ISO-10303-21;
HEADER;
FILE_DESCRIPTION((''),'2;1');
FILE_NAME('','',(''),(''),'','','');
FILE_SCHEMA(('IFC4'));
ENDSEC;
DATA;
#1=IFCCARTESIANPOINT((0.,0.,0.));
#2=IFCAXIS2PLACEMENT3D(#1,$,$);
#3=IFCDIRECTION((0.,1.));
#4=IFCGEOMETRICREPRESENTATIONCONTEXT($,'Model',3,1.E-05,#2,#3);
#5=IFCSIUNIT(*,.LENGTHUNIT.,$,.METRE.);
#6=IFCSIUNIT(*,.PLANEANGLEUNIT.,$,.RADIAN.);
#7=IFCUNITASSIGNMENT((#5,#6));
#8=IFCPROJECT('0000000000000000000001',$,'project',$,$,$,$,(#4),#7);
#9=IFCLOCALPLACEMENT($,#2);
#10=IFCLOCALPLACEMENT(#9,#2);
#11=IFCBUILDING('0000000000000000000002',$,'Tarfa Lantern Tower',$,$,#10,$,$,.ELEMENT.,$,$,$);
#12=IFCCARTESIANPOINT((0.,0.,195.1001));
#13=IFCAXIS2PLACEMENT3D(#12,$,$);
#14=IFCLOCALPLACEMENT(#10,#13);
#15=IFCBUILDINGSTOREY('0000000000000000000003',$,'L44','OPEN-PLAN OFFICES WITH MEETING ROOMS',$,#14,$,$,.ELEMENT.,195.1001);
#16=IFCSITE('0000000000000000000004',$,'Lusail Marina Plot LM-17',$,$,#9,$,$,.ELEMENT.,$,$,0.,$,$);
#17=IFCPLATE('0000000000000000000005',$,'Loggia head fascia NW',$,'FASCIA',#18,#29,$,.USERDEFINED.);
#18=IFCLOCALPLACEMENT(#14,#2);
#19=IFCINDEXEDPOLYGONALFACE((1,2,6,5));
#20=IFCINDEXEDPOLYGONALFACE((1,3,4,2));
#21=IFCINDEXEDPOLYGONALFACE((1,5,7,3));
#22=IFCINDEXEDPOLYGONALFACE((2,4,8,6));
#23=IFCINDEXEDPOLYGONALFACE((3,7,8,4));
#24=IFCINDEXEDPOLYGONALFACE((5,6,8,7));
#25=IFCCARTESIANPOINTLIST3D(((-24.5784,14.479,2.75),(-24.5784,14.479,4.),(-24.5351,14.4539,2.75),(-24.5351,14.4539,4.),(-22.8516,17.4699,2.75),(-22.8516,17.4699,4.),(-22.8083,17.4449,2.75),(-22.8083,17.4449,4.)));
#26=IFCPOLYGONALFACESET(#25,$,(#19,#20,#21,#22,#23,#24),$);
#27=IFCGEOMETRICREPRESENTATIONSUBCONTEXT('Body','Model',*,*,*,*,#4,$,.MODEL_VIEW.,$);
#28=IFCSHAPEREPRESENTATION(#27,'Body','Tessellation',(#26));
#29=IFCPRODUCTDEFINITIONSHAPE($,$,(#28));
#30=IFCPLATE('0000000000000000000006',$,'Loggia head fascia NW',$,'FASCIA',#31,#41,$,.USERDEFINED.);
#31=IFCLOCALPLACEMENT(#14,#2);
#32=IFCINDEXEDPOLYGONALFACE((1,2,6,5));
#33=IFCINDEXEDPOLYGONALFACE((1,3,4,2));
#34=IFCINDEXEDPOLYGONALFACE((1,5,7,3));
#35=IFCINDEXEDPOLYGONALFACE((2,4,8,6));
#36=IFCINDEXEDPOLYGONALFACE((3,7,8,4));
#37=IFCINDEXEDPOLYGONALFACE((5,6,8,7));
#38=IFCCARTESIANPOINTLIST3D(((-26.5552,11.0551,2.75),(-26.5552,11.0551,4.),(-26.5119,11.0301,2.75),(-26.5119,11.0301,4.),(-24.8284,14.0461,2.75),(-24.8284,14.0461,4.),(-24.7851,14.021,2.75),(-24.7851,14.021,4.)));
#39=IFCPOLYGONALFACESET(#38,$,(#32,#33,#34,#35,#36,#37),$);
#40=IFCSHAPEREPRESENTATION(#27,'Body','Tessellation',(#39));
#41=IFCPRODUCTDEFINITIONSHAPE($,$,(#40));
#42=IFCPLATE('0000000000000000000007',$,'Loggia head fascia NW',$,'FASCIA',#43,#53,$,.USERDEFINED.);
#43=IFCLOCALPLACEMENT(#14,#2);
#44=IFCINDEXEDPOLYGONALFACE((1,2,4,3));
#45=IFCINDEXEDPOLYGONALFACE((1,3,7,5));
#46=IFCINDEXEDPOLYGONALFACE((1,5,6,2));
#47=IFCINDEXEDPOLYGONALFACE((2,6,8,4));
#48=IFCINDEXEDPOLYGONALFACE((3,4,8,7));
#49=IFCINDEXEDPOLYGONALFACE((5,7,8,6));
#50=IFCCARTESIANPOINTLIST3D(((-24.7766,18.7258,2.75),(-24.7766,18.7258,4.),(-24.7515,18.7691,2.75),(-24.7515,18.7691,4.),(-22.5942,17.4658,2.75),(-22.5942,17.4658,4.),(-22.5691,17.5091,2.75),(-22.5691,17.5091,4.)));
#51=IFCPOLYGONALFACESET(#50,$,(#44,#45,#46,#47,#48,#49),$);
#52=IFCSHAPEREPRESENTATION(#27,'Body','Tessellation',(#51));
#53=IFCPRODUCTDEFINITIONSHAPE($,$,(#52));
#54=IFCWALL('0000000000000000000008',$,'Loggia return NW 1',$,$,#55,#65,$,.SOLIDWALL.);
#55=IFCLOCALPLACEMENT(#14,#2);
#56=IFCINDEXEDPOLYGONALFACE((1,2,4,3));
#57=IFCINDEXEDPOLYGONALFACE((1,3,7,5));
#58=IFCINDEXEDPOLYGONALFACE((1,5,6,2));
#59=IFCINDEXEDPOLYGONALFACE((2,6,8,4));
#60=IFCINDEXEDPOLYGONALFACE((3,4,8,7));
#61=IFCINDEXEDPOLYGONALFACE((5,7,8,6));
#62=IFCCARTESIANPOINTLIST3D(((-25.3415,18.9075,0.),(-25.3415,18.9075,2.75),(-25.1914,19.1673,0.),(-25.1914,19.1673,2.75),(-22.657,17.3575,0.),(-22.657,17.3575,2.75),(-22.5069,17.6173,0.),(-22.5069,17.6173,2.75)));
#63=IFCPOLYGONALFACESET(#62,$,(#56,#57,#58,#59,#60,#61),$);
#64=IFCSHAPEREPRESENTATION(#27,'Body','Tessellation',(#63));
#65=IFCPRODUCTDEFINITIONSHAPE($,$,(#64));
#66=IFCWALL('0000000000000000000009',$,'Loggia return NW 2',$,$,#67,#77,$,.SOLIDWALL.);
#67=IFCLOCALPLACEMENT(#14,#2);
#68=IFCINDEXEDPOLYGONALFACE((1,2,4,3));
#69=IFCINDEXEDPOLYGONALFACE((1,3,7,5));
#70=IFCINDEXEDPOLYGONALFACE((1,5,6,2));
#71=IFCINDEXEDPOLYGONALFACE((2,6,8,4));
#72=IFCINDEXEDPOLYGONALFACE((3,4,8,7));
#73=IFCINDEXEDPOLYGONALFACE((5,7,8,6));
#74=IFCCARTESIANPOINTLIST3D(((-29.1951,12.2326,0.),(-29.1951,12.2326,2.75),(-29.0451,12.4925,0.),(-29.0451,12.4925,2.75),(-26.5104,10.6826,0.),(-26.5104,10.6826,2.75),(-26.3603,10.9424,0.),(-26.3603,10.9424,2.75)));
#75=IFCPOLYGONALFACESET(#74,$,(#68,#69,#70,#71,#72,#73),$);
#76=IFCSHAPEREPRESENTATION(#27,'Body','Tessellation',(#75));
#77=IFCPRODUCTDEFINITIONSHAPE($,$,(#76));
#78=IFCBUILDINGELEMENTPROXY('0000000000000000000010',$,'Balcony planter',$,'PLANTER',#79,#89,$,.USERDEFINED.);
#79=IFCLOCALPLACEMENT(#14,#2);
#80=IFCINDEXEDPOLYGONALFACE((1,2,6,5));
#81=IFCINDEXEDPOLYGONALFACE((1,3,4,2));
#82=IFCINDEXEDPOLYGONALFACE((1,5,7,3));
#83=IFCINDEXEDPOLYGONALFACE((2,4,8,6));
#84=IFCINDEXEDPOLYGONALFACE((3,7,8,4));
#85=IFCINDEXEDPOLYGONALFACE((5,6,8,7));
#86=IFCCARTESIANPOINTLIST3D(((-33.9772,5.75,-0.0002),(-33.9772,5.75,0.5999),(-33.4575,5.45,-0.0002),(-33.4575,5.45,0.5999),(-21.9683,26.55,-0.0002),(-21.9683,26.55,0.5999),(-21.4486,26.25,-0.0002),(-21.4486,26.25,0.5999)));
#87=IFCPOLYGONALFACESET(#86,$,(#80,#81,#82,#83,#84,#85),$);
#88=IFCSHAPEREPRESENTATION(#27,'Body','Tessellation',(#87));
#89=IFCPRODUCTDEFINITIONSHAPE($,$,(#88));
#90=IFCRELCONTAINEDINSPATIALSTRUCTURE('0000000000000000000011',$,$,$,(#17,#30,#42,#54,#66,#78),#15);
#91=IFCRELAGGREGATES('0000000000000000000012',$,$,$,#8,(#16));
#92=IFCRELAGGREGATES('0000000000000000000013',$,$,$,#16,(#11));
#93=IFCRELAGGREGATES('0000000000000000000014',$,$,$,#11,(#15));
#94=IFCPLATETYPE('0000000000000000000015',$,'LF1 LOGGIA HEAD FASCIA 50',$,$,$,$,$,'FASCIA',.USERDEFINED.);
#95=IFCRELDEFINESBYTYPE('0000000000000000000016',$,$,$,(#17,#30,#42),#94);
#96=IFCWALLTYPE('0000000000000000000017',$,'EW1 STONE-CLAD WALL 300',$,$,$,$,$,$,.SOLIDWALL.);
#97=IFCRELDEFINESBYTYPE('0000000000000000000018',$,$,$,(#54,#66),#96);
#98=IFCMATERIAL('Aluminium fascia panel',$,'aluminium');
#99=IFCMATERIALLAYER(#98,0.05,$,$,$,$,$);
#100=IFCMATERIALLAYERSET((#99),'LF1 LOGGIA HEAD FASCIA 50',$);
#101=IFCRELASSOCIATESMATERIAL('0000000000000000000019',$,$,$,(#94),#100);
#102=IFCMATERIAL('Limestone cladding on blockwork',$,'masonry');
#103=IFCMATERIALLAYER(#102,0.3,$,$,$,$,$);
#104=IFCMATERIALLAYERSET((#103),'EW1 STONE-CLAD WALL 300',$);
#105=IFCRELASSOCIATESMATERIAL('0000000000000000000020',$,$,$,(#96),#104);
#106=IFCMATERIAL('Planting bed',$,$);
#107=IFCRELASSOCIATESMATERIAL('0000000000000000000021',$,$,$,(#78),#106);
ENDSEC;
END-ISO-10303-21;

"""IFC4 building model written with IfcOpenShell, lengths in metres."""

from ifc_helpers import new_model, si_unit, direction, frame, frame_2d, origin, origin_2d, place, context, subcontext, project, spatial, rectangle, extrude, material, layer, layer_set, type_object, element, save


model = new_model("IFC4")

# Units and contexts
model_context = context("Model", 3, precision=1e-05, world=origin(), true_north=direction((0.0, 1.0)))
body_context = subcontext(model_context, "Body", "Model", "MODEL_VIEW")
ifc_project = project(units=[si_unit("LENGTHUNIT", "METRE"), si_unit("PLANEANGLEUNIT", "RADIAN")], contexts=[model_context])

# Site, building, storey
site_placement = place(None, origin())
site = spatial("IfcSite", under=ifc_project, at=site_placement, Name="Lusail Marina Plot LM-17", CompositionType="ELEMENT", RefElevation=0.0)
building_placement = place(site_placement, origin())
building = spatial("IfcBuilding", under=site, at=building_placement, Name="Tarfa Lantern Tower", CompositionType="ELEMENT")
storey_placement = place(building_placement, frame((0.0, 0.0, 195.1001)))
storey = spatial("IfcBuildingStorey", under=building, at=storey_placement, Name="L44", Description="OPEN-PLAN OFFICES WITH MEETING ROOMS", CompositionType="ELEMENT", Elevation=195.1001)

# Plates
ifc_material_1 = material(Name="Aluminium fascia panel", Category="aluminium")
ifc_layer_1 = layer(ifc_material_1, 0.05)
ifc_layer_set_1 = layer_set([ifc_layer_1], Name="LF1 LOGGIA HEAD FASCIA 50")
plate_type_1 = type_object("IfcPlateType", Name="LF1 LOGGIA HEAD FASCIA 50", ElementType="FASCIA", PredefinedType="USERDEFINED", material=ifc_layer_set_1)
for number, where, z_axis, x_axis, name in (
    (1, (-23.6934, 15.9619, 2.75), (0.0, 0.0, 1.0), (-0.5, -0.866025, 0.0), "Loggia head fascia NW"),
    (2, (-25.6702, 12.5381, 2.75), (0.0, 0.0, 1.0), (-0.5, -0.866025, 0.0), "Loggia head fascia NW"),
):
    element("IfcPlate", number, at=place(storey_placement, frame(where, z_axis=z_axis, x_axis=x_axis)), inside=storey, type_object=plate_type_1, Name=name, ObjectType="FASCIA", PredefinedType="USERDEFINED", context=body_context, shape_type="SweptSolid", body=[
        extrude(rectangle(XDim=3.4536, YDim=0.05, at=origin_2d()), origin(), (0.0, 0.0, 1.0), 1.25),
    ])
plate_1_placement = place(storey_placement, frame((-23.6729, 18.1174, 2.75), z_axis=(0.0, 0.0, 1.0), x_axis=(0.866025, -0.5, 0.0)))
element("IfcPlate", 3, at=plate_1_placement, inside=storey, type_object=plate_type_1, Name="Loggia head fascia NW", ObjectType="FASCIA", PredefinedType="USERDEFINED", context=body_context, shape_type="SweptSolid", body=[
    extrude(rectangle(XDim=2.52, YDim=0.05, at=origin_2d()), origin(), (0.0, 0.0, 1.0), 1.25),
])

# Walls
ifc_material_2 = material(Name="Limestone cladding on blockwork", Category="masonry")
ifc_layer_2 = layer(ifc_material_2, 0.3)
ifc_layer_set_2 = layer_set([ifc_layer_2], Name="EW1 STONE-CLAD WALL 300")
wall_type = type_object("IfcWallType", Name="EW1 STONE-CLAD WALL 300", PredefinedType="SOLIDWALL", material=ifc_layer_set_2)
wall_1_placement = place(storey_placement, frame((-25.2664, 19.0374, 0.0), z_axis=(0.0, 0.0, 1.0), x_axis=(0.86601, -0.500027, 0.0)))
element("IfcWall", 4, at=wall_1_placement, inside=storey, type_object=wall_type, Name="Loggia return NW 1", PredefinedType="SOLIDWALL", context=body_context, shape_type="SweptSolid", body=[
    extrude(rectangle(XDim=3.0999, YDim=0.3, at=frame_2d((1.5498, 0.0))), origin(), (0.0, 0.0, 1.0), 2.75),
])
wall_2_placement = place(storey_placement, frame((-29.1201, 12.3625, 0.0), z_axis=(0.0, 0.0, 1.0), x_axis=(0.86603, -0.499993, 0.0)))
element("IfcWall", 5, at=wall_2_placement, inside=storey, type_object=wall_type, Name="Loggia return NW 2", PredefinedType="SOLIDWALL", context=body_context, shape_type="SweptSolid", body=[
    extrude(rectangle(XDim=3.1001, YDim=0.3, at=frame_2d((1.55, 0.0))), origin(), (0.0, 0.0, 1.0), 2.75),
])

# Building element proxy
ifc_material_3 = material(Name="Planting bed")
proxy_placement = place(storey_placement, frame((-27.7129, 16.0, -0.0002), z_axis=(0.0, 0.0, 1.0), x_axis=(-0.5, -0.866025, 0.0)))
element("IfcBuildingElementProxy", 6, at=proxy_placement, inside=storey, material=ifc_material_3, Name="Balcony planter", ObjectType="PLANTER", PredefinedType="USERDEFINED", context=body_context, shape_type="SweptSolid", body=[
    extrude(rectangle(XDim=24.0178, YDim=0.6001, at=origin_2d()), origin(), (0.0, 0.0, 1.0), 0.6001),
])

save(model, "model.ifc")
